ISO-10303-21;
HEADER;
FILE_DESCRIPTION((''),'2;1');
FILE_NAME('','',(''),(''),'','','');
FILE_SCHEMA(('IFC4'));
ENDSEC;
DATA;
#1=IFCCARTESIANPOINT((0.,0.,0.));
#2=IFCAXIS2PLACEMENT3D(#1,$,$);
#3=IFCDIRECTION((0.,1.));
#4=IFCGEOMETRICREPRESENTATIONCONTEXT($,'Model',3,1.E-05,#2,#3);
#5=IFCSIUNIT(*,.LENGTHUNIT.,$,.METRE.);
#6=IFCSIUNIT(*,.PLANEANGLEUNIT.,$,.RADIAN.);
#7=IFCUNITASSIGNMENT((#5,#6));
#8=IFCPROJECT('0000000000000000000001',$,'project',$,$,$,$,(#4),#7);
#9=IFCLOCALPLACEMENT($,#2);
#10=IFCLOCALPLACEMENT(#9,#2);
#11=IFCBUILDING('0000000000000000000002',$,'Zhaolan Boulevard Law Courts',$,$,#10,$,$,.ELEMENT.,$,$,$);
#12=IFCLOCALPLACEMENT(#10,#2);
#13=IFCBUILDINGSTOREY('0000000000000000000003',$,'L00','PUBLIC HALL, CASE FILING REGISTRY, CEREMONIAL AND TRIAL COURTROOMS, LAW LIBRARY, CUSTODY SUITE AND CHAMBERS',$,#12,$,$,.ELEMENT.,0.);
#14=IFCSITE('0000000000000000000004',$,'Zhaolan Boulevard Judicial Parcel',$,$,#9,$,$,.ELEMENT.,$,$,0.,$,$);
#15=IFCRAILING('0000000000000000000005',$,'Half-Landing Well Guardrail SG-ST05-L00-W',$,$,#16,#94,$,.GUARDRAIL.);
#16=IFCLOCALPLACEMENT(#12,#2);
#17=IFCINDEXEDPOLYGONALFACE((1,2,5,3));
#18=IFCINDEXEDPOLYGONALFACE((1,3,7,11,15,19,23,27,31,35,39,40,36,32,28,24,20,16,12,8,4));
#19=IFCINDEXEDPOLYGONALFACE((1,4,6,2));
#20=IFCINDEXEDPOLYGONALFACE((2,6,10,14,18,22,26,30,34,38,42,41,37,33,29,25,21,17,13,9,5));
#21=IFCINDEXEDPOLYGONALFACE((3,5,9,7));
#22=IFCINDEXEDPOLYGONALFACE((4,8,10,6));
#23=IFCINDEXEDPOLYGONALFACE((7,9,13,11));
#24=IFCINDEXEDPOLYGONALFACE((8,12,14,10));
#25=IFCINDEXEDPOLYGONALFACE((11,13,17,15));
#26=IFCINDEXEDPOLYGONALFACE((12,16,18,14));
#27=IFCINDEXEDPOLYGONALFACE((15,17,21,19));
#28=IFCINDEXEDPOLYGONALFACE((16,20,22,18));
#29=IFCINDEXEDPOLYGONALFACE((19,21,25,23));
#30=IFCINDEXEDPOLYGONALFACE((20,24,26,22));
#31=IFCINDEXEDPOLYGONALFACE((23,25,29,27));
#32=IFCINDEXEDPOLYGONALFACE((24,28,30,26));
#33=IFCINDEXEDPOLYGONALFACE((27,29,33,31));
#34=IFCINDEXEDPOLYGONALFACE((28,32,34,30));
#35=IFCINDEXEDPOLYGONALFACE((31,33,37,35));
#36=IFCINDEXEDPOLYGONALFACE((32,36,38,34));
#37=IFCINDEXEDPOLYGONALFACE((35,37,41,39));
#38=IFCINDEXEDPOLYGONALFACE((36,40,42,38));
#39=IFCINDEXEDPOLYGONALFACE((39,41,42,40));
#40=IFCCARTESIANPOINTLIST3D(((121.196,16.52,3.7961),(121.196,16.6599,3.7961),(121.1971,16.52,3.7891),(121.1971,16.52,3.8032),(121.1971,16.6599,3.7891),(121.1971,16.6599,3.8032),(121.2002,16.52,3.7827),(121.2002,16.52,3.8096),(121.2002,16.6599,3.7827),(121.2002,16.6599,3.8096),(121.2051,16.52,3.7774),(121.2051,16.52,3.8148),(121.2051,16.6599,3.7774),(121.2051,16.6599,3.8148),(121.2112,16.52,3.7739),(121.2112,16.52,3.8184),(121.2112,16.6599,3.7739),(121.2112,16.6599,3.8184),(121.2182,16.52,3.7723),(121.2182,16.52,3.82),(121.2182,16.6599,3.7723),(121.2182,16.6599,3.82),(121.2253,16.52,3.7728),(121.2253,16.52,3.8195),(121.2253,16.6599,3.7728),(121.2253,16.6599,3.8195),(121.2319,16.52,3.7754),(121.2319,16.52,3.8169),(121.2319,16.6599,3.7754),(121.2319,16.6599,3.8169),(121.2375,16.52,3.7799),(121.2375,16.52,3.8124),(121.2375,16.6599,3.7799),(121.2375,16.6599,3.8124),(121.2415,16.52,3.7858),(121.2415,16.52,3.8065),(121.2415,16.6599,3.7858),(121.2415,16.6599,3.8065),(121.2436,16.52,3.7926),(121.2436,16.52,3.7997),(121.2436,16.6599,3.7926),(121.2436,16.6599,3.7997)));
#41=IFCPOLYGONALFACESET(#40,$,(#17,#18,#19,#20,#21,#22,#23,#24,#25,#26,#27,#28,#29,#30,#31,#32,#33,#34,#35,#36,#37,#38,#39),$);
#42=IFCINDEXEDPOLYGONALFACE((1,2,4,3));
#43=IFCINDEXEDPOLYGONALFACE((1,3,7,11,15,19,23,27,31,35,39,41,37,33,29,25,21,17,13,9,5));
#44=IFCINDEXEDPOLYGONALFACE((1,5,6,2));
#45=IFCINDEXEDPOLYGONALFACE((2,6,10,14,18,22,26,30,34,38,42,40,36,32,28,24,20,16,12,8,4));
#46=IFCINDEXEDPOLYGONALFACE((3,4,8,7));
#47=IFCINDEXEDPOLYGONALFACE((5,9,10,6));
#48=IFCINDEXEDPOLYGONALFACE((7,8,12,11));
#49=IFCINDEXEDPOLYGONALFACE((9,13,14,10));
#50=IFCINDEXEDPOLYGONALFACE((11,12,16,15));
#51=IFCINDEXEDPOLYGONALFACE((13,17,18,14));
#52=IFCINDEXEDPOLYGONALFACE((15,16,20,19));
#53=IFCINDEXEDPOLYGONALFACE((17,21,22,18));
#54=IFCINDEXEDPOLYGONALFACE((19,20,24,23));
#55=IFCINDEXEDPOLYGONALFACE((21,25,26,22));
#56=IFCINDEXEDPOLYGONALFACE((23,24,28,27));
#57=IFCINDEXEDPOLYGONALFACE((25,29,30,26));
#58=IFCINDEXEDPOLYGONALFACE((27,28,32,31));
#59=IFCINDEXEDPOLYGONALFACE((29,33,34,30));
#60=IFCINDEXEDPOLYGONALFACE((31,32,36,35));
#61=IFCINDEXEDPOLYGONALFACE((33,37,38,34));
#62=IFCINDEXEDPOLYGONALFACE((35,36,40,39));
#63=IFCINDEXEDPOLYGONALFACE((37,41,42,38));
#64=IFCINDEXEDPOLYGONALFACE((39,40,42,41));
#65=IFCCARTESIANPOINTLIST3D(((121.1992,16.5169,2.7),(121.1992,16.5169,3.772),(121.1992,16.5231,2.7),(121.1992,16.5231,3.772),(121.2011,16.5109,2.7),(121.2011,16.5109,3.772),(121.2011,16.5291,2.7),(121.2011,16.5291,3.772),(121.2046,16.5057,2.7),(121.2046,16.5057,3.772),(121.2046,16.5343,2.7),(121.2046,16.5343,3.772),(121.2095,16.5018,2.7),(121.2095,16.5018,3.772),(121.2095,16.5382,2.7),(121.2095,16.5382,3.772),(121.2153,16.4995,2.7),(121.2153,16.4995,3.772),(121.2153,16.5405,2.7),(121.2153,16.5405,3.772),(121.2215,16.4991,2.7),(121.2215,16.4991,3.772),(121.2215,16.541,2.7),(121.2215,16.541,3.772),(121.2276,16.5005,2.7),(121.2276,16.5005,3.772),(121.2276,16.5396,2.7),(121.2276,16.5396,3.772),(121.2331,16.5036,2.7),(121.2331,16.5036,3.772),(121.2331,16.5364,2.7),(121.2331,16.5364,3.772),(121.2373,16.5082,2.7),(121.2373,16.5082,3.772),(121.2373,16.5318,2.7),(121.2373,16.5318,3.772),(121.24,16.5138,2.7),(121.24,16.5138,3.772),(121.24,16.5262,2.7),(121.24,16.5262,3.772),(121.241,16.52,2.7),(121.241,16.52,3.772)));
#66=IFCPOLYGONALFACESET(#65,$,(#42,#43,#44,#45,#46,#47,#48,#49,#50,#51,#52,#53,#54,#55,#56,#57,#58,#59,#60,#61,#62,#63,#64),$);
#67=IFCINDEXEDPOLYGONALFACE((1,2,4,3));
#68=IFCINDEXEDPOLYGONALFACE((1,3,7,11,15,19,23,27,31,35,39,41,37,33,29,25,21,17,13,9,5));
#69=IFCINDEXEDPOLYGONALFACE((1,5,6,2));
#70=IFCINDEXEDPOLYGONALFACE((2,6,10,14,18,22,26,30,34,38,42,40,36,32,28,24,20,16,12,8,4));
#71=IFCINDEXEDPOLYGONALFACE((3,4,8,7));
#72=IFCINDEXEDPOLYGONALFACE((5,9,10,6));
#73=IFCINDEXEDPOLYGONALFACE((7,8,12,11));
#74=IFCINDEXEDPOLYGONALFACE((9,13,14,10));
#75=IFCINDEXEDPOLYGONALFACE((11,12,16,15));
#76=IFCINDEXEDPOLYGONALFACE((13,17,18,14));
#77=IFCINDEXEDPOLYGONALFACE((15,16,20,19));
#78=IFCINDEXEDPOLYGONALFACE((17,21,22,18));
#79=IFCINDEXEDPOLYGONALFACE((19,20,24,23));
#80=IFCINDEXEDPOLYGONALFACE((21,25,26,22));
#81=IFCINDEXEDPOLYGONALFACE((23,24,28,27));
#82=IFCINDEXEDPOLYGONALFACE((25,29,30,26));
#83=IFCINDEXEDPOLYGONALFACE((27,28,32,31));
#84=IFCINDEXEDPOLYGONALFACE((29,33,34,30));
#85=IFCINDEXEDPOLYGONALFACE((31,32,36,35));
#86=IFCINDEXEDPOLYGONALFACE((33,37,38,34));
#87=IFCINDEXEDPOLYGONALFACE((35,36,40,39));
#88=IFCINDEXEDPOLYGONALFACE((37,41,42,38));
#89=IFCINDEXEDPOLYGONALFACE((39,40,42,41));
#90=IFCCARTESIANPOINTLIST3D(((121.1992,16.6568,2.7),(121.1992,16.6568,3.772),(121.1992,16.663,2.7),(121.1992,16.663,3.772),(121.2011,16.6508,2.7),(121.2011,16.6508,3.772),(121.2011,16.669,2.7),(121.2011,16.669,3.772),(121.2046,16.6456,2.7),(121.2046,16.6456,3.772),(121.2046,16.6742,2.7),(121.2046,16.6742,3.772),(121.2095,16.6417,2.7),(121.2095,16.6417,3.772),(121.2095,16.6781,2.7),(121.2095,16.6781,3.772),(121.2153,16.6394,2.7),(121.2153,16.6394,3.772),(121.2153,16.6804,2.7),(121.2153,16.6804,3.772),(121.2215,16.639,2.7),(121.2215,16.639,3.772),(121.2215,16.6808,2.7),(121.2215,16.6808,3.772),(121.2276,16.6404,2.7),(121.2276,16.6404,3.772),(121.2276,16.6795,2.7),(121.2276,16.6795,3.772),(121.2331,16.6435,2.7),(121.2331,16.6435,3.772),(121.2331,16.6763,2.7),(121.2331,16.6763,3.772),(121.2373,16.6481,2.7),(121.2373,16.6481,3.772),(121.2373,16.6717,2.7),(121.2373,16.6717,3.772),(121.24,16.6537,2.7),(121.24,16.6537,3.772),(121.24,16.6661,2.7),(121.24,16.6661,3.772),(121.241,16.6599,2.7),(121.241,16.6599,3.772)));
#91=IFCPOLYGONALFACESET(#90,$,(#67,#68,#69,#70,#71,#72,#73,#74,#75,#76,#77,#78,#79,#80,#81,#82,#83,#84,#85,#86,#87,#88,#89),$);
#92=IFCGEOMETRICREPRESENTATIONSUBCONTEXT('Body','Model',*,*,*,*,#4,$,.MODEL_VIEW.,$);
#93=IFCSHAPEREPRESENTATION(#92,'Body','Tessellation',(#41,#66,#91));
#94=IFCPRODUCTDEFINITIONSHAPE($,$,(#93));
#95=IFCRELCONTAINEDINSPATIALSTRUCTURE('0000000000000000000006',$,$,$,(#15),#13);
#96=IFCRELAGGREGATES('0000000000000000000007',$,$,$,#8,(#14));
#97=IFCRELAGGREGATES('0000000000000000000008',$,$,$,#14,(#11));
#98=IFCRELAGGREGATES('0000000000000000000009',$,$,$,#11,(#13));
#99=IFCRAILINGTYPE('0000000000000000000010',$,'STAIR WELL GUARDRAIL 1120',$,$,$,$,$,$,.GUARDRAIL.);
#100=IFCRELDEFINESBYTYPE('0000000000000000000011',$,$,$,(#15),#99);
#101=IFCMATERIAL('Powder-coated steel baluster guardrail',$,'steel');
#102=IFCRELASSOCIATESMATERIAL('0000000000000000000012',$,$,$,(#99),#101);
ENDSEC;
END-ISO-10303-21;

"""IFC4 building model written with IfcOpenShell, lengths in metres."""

from ifc_helpers import new_model, si_unit, direction, frame, origin, origin_2d, place, context, subcontext, project, spatial, circle, extrude, material, type_object, element, save


model = new_model("IFC4")

# Units and contexts
model_context = context("Model", 3, precision=1e-05, world=origin(), true_north=direction((0.0, 1.0)))
body_context = subcontext(model_context, "Body", "Model", "MODEL_VIEW")
ifc_project = project(units=[si_unit("LENGTHUNIT", "METRE"), si_unit("PLANEANGLEUNIT", "RADIAN")], contexts=[model_context])

# Site, building, storey
site_placement = place(None, origin())
site = spatial("IfcSite", under=ifc_project, at=site_placement, Name="Zhaolan Boulevard Judicial Parcel", CompositionType="ELEMENT", RefElevation=0.0)
building_placement = place(site_placement, origin())
building = spatial("IfcBuilding", under=site, at=building_placement, Name="Zhaolan Boulevard Law Courts", CompositionType="ELEMENT")
storey_placement = place(building_placement, origin())
storey = spatial("IfcBuildingStorey", under=building, at=storey_placement, Name="L00", Description="PUBLIC HALL, CASE FILING REGISTRY, CEREMONIAL AND TRIAL COURTROOMS, LAW LIBRARY, CUSTODY SUITE AND CHAMBERS", CompositionType="ELEMENT", Elevation=0.0)

# Railing
ifc_material_1 = material(Name="Powder-coated steel baluster guardrail", Category="steel")
railing_type_1 = type_object("IfcRailingType", Name="STAIR WELL GUARDRAIL 1120", PredefinedType="GUARDRAIL", material=ifc_material_1)
railing_1_placement = place(storey_placement, frame((121.22, 16.52, 2.7)))
element("IfcRailing", 1, at=railing_1_placement, inside=storey, type_object=railing_type_1, Name="Half-Landing Well Guardrail SG-ST05-L00-W", PredefinedType="GUARDRAIL", context=body_context, shape_type="SweptSolid", body=[
    extrude(circle(Radius=0.0239, at=origin_2d()), frame((0.0, 0.0, 1.0962), z_axis=(0.0, 1.0, 0.0), x_axis=(-1.0, 0.0, 0.0)), (0.0, 0.0, 1.0), 0.1399),
    extrude(circle(Radius=0.021, at=origin_2d()), origin(), (0.0, 0.0, 1.0), 1.072),
    extrude(circle(Radius=0.021, at=origin_2d()), frame((0.0, 0.1399, 0.0)), (0.0, 0.0, 1.0), 1.072),
])

save(model, "model.ifc")
